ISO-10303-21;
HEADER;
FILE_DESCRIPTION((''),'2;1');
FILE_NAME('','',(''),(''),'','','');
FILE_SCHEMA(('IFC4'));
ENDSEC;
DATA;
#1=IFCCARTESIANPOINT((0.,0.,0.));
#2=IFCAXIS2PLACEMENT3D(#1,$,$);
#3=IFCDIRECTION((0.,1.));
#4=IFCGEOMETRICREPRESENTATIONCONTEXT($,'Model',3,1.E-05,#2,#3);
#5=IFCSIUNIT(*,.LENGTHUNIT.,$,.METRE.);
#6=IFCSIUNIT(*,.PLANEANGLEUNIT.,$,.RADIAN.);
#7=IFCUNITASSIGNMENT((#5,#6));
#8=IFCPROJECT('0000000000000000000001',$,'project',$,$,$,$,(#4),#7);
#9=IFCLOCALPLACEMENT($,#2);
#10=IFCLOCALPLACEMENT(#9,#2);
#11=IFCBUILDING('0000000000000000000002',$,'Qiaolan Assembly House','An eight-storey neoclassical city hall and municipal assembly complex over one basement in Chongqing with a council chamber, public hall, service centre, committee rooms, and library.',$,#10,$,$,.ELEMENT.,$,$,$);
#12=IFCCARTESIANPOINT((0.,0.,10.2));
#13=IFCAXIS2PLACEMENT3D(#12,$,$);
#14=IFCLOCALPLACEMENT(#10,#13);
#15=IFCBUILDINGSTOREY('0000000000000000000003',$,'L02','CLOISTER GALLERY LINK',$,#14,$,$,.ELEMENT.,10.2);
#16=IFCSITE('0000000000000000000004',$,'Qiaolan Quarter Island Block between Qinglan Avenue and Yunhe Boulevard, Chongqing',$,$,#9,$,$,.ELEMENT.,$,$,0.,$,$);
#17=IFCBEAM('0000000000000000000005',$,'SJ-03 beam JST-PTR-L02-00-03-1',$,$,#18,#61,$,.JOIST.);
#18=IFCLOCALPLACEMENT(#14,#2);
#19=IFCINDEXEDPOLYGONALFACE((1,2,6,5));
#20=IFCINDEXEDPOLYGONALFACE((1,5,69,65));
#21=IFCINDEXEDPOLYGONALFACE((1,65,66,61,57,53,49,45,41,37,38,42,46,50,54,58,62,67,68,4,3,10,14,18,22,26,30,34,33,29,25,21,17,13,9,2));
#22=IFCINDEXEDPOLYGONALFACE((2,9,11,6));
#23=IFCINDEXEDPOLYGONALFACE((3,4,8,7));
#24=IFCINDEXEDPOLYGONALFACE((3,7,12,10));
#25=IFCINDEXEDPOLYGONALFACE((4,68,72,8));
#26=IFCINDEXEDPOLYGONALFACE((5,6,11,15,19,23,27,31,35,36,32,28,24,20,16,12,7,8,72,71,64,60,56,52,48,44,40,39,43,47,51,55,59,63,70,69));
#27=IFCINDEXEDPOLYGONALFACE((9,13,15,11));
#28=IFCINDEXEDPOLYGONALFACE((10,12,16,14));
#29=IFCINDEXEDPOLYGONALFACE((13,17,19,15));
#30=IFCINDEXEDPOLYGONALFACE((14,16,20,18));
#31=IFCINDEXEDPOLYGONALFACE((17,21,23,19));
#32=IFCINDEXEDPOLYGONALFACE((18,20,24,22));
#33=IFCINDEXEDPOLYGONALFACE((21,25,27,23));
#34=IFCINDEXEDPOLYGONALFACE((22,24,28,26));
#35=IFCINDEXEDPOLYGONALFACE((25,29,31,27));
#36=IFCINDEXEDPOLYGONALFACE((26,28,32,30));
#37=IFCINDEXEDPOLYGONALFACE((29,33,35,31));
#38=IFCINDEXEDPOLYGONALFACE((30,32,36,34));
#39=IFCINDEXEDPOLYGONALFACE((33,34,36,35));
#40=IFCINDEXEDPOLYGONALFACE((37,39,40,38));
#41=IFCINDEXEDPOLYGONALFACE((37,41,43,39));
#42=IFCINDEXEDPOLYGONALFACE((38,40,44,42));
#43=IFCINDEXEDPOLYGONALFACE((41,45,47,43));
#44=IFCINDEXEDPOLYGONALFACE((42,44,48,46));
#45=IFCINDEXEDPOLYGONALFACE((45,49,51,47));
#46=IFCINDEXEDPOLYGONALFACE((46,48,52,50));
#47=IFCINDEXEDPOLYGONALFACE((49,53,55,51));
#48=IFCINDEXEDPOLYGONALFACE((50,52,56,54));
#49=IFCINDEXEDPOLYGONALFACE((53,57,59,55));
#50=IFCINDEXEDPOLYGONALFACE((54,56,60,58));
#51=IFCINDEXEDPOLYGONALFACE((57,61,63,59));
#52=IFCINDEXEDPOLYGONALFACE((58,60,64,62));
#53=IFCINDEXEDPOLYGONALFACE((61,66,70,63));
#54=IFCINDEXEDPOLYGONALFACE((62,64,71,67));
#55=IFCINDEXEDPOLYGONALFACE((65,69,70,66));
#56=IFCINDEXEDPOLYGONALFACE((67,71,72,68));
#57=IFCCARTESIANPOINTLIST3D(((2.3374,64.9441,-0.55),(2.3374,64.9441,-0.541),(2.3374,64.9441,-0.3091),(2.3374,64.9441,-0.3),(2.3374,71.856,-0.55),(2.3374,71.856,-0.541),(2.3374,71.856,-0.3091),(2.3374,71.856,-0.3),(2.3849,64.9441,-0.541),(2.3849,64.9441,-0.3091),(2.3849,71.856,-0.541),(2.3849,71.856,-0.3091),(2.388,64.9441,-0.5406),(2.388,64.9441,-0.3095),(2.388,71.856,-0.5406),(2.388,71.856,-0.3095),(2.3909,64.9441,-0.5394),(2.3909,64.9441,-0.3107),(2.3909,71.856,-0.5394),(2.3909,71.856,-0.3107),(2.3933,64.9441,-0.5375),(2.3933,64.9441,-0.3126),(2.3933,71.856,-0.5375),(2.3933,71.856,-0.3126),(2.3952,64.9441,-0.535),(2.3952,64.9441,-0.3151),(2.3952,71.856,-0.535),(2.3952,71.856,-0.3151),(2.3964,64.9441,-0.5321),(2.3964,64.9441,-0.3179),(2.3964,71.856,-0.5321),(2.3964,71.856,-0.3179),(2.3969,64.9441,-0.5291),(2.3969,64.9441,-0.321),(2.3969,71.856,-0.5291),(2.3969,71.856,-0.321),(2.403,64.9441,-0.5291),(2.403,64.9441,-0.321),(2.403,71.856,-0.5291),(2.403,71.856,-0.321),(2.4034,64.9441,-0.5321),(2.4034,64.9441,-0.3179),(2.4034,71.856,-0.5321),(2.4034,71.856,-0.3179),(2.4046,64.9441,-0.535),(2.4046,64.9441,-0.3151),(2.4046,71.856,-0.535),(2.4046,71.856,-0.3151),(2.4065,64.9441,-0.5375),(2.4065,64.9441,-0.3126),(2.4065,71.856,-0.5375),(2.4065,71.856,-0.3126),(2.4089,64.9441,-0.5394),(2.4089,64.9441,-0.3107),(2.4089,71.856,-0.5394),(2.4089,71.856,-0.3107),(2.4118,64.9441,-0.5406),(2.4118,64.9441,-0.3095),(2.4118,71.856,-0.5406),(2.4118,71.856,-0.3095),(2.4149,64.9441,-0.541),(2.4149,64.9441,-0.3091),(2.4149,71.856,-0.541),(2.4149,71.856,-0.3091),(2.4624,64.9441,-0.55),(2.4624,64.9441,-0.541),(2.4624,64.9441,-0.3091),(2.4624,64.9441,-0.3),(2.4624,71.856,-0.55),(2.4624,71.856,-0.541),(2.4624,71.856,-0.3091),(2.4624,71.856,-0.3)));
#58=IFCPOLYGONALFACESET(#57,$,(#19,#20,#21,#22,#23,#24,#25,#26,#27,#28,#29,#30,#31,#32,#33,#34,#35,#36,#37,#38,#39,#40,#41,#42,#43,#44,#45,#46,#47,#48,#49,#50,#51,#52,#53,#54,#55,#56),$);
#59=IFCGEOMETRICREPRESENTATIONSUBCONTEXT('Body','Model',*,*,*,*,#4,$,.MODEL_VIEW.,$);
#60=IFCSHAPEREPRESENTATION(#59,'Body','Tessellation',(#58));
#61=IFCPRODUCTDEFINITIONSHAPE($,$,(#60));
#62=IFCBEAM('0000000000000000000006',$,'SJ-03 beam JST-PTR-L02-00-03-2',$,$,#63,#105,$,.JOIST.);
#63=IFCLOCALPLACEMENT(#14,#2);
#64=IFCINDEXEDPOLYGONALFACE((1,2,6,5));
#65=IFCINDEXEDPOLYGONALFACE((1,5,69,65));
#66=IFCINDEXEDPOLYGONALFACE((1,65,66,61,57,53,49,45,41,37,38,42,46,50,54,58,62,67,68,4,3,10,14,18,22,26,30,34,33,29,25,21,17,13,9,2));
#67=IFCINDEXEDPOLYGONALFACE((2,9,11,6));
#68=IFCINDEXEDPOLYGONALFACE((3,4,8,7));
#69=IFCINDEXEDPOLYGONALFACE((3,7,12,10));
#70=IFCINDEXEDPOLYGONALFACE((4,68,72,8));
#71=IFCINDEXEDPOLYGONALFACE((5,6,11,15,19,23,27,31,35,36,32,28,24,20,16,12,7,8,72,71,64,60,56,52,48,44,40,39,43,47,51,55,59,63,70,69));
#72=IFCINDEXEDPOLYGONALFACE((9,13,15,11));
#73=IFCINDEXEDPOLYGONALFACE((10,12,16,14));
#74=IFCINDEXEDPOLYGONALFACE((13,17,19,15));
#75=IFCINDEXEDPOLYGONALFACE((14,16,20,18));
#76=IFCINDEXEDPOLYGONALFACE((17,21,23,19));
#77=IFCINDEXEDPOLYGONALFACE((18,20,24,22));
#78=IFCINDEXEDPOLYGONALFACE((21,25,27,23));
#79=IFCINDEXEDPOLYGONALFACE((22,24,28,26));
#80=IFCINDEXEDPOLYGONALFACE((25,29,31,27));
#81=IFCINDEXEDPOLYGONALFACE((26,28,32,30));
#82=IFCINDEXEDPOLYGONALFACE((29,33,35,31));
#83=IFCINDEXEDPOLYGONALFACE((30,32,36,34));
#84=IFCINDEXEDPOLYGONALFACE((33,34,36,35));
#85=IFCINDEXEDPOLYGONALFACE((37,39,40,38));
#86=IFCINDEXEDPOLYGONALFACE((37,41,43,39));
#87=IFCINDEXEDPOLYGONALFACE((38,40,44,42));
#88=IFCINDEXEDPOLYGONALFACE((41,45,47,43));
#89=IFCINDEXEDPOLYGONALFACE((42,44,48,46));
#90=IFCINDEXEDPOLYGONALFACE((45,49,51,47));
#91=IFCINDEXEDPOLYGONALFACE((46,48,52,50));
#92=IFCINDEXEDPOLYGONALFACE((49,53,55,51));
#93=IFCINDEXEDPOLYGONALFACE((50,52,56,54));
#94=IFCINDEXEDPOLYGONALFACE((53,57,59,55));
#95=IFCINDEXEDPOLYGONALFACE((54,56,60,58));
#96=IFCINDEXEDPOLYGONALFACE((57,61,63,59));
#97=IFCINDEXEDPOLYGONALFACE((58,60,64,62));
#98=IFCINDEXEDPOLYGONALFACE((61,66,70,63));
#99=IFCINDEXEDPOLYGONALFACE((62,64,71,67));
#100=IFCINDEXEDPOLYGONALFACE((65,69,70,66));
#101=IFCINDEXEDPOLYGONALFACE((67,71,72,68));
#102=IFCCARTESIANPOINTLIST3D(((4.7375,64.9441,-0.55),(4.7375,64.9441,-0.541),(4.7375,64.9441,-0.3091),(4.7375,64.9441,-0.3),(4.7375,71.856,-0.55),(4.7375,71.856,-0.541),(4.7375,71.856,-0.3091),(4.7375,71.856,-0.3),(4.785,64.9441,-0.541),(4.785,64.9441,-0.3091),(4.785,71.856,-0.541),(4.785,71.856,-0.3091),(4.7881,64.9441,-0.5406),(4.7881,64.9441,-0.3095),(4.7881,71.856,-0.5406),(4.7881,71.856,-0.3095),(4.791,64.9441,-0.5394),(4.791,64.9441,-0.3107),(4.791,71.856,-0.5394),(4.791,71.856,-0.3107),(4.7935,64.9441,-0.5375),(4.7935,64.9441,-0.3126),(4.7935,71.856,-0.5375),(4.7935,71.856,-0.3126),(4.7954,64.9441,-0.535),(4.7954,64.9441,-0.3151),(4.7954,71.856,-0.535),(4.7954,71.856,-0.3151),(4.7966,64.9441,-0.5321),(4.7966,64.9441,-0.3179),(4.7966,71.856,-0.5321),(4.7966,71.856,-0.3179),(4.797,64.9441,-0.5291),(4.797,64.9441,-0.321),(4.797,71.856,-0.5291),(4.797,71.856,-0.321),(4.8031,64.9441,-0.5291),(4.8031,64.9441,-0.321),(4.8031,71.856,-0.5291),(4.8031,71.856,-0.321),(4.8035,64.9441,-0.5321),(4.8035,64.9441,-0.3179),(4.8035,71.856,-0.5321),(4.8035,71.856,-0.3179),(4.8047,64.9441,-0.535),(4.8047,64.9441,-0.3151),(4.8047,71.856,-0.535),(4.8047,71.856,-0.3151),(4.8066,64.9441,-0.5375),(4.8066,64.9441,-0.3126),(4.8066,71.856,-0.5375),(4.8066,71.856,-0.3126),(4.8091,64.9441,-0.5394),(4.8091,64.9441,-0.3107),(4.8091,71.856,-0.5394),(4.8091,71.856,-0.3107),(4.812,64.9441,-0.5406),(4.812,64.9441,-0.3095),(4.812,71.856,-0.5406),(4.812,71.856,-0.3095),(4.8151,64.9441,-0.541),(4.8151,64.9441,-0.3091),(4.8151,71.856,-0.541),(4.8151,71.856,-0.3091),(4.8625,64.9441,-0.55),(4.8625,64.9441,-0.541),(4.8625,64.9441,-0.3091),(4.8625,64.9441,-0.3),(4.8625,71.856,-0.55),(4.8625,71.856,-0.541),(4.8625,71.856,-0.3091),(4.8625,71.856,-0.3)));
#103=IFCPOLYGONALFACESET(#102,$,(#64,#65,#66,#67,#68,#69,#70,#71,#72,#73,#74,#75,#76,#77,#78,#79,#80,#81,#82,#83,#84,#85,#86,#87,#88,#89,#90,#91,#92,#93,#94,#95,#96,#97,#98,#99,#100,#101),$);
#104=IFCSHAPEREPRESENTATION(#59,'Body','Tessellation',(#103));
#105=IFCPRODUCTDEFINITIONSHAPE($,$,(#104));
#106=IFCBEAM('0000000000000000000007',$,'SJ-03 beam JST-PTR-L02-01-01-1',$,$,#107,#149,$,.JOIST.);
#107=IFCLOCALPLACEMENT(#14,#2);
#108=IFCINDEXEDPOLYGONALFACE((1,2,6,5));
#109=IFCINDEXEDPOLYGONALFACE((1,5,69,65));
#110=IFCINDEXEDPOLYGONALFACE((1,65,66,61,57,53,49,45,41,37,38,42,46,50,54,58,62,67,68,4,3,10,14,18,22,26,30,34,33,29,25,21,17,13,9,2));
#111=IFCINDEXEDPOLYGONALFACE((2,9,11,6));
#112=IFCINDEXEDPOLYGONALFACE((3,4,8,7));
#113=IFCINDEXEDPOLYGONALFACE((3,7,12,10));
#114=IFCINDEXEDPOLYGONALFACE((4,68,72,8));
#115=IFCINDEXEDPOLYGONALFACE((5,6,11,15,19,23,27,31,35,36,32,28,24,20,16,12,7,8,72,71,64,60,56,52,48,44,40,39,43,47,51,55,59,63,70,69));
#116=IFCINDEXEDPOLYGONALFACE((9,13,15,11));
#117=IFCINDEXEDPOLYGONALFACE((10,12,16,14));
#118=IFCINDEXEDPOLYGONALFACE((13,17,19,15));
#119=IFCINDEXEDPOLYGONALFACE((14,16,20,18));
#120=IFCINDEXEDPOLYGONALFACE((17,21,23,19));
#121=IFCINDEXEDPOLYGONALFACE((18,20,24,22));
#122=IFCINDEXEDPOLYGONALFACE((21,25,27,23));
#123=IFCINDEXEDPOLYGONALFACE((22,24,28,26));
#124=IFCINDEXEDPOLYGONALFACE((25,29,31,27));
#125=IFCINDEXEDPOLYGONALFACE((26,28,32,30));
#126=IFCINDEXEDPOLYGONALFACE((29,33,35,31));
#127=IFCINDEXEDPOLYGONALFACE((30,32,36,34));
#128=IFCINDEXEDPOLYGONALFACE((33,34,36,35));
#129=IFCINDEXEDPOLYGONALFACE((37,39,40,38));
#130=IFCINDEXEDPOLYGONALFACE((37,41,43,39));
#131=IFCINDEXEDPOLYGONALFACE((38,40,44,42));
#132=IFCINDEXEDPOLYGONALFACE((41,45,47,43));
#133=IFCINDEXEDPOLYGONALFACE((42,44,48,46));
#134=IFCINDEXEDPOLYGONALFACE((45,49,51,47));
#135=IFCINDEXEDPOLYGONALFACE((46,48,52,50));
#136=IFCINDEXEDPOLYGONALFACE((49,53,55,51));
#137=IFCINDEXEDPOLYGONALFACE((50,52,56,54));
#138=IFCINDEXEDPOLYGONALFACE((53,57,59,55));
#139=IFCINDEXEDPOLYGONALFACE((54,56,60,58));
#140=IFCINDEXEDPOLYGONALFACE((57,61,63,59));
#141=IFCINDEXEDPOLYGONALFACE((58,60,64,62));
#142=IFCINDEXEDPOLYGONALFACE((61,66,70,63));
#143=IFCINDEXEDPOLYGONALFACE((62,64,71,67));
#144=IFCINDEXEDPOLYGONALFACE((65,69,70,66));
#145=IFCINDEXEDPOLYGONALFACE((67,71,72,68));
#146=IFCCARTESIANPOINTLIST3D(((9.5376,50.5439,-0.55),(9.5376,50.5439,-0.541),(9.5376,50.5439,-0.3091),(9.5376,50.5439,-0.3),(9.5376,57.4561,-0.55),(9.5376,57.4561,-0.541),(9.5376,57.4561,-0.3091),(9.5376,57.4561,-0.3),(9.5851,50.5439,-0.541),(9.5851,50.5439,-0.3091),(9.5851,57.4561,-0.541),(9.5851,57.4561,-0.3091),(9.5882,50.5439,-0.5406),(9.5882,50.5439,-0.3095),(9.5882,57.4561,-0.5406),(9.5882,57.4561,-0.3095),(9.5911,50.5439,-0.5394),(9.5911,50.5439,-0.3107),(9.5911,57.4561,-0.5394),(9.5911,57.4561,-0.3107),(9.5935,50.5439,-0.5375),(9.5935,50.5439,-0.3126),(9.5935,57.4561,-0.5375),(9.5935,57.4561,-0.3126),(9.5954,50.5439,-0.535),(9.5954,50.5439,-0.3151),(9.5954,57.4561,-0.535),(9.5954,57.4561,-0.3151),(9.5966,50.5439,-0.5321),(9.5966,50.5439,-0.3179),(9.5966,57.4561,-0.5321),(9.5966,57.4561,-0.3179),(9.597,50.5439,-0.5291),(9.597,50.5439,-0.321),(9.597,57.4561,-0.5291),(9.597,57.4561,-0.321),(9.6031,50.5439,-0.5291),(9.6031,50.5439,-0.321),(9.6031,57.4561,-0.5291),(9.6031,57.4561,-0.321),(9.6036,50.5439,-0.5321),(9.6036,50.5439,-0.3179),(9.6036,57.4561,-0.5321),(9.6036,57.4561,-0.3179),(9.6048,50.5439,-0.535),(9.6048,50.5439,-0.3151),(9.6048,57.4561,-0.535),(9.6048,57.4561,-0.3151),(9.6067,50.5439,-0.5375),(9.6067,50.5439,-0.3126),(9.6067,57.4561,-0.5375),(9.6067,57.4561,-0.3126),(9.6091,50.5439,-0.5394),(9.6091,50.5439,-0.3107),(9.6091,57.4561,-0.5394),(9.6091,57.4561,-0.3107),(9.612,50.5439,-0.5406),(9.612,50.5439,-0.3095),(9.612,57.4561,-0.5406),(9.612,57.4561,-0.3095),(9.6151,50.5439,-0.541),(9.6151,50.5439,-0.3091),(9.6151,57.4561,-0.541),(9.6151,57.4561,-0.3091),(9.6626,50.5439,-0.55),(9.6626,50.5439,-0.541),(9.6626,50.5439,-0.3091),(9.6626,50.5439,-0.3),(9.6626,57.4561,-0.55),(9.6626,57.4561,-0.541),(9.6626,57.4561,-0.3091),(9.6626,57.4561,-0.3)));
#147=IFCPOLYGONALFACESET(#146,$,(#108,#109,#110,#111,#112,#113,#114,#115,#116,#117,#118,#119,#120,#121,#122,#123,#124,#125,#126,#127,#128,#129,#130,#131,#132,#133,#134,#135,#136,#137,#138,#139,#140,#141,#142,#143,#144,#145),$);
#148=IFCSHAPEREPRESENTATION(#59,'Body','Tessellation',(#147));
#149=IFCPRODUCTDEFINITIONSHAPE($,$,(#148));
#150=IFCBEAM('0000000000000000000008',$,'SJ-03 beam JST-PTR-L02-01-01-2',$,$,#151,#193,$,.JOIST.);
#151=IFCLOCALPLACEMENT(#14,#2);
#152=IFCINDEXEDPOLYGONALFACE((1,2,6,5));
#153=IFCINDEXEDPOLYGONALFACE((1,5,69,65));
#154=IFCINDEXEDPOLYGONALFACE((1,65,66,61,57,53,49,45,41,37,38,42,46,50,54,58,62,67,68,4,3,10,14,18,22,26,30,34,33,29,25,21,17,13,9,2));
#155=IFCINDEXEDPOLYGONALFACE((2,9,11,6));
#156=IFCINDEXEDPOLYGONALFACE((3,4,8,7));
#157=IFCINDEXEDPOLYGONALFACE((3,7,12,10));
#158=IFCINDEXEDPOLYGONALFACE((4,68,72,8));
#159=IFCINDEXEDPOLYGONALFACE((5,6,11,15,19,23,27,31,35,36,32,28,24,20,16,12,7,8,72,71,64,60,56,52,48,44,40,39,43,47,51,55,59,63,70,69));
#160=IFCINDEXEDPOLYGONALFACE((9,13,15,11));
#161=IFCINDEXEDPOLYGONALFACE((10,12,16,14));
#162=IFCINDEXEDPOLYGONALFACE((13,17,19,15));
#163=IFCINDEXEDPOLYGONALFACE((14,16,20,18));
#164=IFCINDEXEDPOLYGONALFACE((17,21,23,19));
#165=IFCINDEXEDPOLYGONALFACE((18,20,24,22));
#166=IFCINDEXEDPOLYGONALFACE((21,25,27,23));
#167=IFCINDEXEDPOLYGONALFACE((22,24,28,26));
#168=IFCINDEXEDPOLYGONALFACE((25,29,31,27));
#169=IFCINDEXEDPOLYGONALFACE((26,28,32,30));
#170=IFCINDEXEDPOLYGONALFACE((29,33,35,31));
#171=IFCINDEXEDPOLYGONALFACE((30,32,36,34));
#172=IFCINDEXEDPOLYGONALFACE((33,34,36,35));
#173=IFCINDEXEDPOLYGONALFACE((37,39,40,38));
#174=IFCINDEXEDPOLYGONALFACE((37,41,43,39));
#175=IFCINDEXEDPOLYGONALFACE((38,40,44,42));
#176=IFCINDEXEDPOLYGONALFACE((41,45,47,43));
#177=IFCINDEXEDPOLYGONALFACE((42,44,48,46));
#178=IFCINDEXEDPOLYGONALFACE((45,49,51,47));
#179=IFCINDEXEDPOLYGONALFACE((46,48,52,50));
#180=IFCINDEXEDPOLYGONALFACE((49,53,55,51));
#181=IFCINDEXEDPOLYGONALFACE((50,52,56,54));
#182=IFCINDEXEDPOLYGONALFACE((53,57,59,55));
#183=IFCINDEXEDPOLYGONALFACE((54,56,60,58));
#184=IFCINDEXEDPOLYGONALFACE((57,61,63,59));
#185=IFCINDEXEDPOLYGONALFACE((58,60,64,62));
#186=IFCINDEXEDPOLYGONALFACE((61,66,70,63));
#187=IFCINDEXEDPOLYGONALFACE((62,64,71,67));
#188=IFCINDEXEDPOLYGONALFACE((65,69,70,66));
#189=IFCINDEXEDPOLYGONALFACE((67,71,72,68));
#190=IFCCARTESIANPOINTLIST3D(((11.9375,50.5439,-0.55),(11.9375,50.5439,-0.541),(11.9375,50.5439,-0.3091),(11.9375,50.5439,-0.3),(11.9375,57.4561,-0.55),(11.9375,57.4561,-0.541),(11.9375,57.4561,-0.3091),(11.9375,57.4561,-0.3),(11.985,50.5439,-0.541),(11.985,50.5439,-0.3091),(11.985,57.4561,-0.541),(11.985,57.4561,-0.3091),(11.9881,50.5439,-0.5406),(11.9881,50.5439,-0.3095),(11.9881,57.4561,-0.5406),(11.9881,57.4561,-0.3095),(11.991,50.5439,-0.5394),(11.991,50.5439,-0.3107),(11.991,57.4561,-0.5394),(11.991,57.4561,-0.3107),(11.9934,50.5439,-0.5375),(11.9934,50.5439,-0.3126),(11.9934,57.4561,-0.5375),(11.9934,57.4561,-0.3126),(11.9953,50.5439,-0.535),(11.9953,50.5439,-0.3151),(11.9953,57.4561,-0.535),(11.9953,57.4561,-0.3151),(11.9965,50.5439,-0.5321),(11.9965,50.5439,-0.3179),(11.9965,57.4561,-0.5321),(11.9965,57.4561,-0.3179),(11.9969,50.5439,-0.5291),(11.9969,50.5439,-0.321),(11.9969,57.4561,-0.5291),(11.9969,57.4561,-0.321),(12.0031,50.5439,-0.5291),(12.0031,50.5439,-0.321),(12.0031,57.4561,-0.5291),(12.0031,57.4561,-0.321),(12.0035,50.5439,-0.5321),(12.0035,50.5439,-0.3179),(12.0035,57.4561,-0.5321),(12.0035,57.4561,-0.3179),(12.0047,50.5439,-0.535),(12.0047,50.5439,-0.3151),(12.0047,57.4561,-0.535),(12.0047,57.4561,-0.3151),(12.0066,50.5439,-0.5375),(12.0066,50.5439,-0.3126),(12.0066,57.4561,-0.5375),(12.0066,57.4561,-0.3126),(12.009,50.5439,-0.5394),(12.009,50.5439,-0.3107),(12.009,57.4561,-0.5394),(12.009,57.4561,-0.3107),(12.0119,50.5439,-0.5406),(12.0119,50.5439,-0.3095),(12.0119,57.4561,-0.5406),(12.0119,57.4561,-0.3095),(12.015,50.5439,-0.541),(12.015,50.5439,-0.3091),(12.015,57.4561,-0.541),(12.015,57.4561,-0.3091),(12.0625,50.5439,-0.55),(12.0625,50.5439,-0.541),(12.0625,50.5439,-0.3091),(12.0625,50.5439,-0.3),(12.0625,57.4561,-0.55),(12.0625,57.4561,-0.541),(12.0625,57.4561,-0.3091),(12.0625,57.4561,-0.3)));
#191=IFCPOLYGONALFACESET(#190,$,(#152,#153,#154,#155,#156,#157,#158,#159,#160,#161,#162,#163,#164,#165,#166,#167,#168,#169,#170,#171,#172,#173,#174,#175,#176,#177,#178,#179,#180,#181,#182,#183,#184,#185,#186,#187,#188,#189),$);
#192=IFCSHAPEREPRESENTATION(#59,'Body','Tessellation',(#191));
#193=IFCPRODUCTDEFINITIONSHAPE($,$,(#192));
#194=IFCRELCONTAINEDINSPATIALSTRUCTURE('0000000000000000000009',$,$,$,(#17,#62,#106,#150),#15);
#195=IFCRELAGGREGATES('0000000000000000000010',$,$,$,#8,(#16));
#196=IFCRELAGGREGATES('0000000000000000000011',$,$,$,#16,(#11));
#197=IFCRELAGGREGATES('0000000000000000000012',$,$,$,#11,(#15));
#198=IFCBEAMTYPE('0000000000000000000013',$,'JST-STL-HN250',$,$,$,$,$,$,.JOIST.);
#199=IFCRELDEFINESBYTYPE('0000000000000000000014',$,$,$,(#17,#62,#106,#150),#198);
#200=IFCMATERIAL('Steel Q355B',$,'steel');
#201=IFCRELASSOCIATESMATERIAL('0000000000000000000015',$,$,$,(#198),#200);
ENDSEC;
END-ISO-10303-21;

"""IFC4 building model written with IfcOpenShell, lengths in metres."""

from ifc_helpers import new_model, si_unit, direction, frame, origin, origin_2d, place, context, subcontext, project, spatial, i_section, extrude, material, material_profile, profile_set, type_object, element, save


model = new_model("IFC4")

# Units and contexts
model_context = context("Model", 3, precision=1e-05, world=origin(), true_north=direction((0.0, 1.0)))
body_context = subcontext(model_context, "Body", "Model", "MODEL_VIEW")
ifc_project = project(units=[si_unit("LENGTHUNIT", "METRE"), si_unit("PLANEANGLEUNIT", "RADIAN")], contexts=[model_context])

# Site, building, storey
site_placement = place(None, origin())
site = spatial("IfcSite", under=ifc_project, at=site_placement, Name="Qiaolan Quarter Island Block between Qinglan Avenue and Yunhe Boulevard, Chongqing", CompositionType="ELEMENT", RefElevation=0.0)
building_placement = place(site_placement, origin())
building = spatial("IfcBuilding", under=site, at=building_placement, Name="Qiaolan Assembly House", Description="An eight-storey neoclassical city hall and municipal assembly complex over one basement in Chongqing with a council chamber, public hall, service centre, committee rooms, and library.", CompositionType="ELEMENT")
storey_placement = place(building_placement, frame((0.0, 0.0, 10.2)))
storey = spatial("IfcBuildingStorey", under=building, at=storey_placement, Name="L02", Description="CLOISTER GALLERY LINK", CompositionType="ELEMENT", Elevation=10.2)

# Beams
ifc_material = material(Name="Steel Q355B", Category="steel")
ifc_material_profile_1 = material_profile(ifc_material, i_section(OverallWidth=0.125, OverallDepth=0.25, WebThickness=0.0061, FlangeThickness=0.009, FilletRadius=0.012, at=origin_2d()), Name="HN 250x125x6x9")
ifc_profile_set_1 = profile_set([ifc_material_profile_1], Name="Steel Q355B")
beam_type_1 = type_object("IfcBeamType", Name="JST-STL-HN250", PredefinedType="JOIST", material=ifc_profile_set_1)
for number, where, z_axis, x_axis, name in (
    (1, (2.3999, 64.9441, -0.425), (0.0, 1.0, 0.0), (-1.0, 0.0, 0.0), "SJ-03 beam JST-PTR-L02-00-03-1"),
    (2, (4.8, 64.9441, -0.425), (0.0, 1.0, 0.0), (-1.0, 0.0, 0.0), "SJ-03 beam JST-PTR-L02-00-03-2"),
):
    element("IfcBeam", number, at=place(storey_placement, frame(where, z_axis=z_axis, x_axis=x_axis)), inside=storey, type_object=beam_type_1, Name=name, PredefinedType="JOIST", context=body_context, shape_type="SweptSolid", body=[
        extrude(i_section(OverallWidth=0.125, OverallDepth=0.25, WebThickness=0.0061, FlangeThickness=0.009, FilletRadius=0.012, at=origin_2d()), origin(), (0.0, 0.0, 1.0), 6.9119),
    ])
for number, where, z_axis, x_axis, name in (
    (3, (9.6001, 50.5439, -0.425), (0.0, 1.0, 0.0), (-1.0, 0.0, 0.0), "SJ-03 beam JST-PTR-L02-01-01-1"),
    (4, (12.0, 50.5439, -0.425), (0.0, 1.0, 0.0), (-1.0, 0.0, 0.0), "SJ-03 beam JST-PTR-L02-01-01-2"),
):
    element("IfcBeam", number, at=place(storey_placement, frame(where, z_axis=z_axis, x_axis=x_axis)), inside=storey, type_object=beam_type_1, Name=name, PredefinedType="JOIST", context=body_context, shape_type="SweptSolid", body=[
        extrude(i_section(OverallWidth=0.125, OverallDepth=0.25, WebThickness=0.0061, FlangeThickness=0.009, FilletRadius=0.012, at=origin_2d()), origin(), (0.0, 0.0, 1.0), 6.9121),
    ])

save(model, "model.ifc")
